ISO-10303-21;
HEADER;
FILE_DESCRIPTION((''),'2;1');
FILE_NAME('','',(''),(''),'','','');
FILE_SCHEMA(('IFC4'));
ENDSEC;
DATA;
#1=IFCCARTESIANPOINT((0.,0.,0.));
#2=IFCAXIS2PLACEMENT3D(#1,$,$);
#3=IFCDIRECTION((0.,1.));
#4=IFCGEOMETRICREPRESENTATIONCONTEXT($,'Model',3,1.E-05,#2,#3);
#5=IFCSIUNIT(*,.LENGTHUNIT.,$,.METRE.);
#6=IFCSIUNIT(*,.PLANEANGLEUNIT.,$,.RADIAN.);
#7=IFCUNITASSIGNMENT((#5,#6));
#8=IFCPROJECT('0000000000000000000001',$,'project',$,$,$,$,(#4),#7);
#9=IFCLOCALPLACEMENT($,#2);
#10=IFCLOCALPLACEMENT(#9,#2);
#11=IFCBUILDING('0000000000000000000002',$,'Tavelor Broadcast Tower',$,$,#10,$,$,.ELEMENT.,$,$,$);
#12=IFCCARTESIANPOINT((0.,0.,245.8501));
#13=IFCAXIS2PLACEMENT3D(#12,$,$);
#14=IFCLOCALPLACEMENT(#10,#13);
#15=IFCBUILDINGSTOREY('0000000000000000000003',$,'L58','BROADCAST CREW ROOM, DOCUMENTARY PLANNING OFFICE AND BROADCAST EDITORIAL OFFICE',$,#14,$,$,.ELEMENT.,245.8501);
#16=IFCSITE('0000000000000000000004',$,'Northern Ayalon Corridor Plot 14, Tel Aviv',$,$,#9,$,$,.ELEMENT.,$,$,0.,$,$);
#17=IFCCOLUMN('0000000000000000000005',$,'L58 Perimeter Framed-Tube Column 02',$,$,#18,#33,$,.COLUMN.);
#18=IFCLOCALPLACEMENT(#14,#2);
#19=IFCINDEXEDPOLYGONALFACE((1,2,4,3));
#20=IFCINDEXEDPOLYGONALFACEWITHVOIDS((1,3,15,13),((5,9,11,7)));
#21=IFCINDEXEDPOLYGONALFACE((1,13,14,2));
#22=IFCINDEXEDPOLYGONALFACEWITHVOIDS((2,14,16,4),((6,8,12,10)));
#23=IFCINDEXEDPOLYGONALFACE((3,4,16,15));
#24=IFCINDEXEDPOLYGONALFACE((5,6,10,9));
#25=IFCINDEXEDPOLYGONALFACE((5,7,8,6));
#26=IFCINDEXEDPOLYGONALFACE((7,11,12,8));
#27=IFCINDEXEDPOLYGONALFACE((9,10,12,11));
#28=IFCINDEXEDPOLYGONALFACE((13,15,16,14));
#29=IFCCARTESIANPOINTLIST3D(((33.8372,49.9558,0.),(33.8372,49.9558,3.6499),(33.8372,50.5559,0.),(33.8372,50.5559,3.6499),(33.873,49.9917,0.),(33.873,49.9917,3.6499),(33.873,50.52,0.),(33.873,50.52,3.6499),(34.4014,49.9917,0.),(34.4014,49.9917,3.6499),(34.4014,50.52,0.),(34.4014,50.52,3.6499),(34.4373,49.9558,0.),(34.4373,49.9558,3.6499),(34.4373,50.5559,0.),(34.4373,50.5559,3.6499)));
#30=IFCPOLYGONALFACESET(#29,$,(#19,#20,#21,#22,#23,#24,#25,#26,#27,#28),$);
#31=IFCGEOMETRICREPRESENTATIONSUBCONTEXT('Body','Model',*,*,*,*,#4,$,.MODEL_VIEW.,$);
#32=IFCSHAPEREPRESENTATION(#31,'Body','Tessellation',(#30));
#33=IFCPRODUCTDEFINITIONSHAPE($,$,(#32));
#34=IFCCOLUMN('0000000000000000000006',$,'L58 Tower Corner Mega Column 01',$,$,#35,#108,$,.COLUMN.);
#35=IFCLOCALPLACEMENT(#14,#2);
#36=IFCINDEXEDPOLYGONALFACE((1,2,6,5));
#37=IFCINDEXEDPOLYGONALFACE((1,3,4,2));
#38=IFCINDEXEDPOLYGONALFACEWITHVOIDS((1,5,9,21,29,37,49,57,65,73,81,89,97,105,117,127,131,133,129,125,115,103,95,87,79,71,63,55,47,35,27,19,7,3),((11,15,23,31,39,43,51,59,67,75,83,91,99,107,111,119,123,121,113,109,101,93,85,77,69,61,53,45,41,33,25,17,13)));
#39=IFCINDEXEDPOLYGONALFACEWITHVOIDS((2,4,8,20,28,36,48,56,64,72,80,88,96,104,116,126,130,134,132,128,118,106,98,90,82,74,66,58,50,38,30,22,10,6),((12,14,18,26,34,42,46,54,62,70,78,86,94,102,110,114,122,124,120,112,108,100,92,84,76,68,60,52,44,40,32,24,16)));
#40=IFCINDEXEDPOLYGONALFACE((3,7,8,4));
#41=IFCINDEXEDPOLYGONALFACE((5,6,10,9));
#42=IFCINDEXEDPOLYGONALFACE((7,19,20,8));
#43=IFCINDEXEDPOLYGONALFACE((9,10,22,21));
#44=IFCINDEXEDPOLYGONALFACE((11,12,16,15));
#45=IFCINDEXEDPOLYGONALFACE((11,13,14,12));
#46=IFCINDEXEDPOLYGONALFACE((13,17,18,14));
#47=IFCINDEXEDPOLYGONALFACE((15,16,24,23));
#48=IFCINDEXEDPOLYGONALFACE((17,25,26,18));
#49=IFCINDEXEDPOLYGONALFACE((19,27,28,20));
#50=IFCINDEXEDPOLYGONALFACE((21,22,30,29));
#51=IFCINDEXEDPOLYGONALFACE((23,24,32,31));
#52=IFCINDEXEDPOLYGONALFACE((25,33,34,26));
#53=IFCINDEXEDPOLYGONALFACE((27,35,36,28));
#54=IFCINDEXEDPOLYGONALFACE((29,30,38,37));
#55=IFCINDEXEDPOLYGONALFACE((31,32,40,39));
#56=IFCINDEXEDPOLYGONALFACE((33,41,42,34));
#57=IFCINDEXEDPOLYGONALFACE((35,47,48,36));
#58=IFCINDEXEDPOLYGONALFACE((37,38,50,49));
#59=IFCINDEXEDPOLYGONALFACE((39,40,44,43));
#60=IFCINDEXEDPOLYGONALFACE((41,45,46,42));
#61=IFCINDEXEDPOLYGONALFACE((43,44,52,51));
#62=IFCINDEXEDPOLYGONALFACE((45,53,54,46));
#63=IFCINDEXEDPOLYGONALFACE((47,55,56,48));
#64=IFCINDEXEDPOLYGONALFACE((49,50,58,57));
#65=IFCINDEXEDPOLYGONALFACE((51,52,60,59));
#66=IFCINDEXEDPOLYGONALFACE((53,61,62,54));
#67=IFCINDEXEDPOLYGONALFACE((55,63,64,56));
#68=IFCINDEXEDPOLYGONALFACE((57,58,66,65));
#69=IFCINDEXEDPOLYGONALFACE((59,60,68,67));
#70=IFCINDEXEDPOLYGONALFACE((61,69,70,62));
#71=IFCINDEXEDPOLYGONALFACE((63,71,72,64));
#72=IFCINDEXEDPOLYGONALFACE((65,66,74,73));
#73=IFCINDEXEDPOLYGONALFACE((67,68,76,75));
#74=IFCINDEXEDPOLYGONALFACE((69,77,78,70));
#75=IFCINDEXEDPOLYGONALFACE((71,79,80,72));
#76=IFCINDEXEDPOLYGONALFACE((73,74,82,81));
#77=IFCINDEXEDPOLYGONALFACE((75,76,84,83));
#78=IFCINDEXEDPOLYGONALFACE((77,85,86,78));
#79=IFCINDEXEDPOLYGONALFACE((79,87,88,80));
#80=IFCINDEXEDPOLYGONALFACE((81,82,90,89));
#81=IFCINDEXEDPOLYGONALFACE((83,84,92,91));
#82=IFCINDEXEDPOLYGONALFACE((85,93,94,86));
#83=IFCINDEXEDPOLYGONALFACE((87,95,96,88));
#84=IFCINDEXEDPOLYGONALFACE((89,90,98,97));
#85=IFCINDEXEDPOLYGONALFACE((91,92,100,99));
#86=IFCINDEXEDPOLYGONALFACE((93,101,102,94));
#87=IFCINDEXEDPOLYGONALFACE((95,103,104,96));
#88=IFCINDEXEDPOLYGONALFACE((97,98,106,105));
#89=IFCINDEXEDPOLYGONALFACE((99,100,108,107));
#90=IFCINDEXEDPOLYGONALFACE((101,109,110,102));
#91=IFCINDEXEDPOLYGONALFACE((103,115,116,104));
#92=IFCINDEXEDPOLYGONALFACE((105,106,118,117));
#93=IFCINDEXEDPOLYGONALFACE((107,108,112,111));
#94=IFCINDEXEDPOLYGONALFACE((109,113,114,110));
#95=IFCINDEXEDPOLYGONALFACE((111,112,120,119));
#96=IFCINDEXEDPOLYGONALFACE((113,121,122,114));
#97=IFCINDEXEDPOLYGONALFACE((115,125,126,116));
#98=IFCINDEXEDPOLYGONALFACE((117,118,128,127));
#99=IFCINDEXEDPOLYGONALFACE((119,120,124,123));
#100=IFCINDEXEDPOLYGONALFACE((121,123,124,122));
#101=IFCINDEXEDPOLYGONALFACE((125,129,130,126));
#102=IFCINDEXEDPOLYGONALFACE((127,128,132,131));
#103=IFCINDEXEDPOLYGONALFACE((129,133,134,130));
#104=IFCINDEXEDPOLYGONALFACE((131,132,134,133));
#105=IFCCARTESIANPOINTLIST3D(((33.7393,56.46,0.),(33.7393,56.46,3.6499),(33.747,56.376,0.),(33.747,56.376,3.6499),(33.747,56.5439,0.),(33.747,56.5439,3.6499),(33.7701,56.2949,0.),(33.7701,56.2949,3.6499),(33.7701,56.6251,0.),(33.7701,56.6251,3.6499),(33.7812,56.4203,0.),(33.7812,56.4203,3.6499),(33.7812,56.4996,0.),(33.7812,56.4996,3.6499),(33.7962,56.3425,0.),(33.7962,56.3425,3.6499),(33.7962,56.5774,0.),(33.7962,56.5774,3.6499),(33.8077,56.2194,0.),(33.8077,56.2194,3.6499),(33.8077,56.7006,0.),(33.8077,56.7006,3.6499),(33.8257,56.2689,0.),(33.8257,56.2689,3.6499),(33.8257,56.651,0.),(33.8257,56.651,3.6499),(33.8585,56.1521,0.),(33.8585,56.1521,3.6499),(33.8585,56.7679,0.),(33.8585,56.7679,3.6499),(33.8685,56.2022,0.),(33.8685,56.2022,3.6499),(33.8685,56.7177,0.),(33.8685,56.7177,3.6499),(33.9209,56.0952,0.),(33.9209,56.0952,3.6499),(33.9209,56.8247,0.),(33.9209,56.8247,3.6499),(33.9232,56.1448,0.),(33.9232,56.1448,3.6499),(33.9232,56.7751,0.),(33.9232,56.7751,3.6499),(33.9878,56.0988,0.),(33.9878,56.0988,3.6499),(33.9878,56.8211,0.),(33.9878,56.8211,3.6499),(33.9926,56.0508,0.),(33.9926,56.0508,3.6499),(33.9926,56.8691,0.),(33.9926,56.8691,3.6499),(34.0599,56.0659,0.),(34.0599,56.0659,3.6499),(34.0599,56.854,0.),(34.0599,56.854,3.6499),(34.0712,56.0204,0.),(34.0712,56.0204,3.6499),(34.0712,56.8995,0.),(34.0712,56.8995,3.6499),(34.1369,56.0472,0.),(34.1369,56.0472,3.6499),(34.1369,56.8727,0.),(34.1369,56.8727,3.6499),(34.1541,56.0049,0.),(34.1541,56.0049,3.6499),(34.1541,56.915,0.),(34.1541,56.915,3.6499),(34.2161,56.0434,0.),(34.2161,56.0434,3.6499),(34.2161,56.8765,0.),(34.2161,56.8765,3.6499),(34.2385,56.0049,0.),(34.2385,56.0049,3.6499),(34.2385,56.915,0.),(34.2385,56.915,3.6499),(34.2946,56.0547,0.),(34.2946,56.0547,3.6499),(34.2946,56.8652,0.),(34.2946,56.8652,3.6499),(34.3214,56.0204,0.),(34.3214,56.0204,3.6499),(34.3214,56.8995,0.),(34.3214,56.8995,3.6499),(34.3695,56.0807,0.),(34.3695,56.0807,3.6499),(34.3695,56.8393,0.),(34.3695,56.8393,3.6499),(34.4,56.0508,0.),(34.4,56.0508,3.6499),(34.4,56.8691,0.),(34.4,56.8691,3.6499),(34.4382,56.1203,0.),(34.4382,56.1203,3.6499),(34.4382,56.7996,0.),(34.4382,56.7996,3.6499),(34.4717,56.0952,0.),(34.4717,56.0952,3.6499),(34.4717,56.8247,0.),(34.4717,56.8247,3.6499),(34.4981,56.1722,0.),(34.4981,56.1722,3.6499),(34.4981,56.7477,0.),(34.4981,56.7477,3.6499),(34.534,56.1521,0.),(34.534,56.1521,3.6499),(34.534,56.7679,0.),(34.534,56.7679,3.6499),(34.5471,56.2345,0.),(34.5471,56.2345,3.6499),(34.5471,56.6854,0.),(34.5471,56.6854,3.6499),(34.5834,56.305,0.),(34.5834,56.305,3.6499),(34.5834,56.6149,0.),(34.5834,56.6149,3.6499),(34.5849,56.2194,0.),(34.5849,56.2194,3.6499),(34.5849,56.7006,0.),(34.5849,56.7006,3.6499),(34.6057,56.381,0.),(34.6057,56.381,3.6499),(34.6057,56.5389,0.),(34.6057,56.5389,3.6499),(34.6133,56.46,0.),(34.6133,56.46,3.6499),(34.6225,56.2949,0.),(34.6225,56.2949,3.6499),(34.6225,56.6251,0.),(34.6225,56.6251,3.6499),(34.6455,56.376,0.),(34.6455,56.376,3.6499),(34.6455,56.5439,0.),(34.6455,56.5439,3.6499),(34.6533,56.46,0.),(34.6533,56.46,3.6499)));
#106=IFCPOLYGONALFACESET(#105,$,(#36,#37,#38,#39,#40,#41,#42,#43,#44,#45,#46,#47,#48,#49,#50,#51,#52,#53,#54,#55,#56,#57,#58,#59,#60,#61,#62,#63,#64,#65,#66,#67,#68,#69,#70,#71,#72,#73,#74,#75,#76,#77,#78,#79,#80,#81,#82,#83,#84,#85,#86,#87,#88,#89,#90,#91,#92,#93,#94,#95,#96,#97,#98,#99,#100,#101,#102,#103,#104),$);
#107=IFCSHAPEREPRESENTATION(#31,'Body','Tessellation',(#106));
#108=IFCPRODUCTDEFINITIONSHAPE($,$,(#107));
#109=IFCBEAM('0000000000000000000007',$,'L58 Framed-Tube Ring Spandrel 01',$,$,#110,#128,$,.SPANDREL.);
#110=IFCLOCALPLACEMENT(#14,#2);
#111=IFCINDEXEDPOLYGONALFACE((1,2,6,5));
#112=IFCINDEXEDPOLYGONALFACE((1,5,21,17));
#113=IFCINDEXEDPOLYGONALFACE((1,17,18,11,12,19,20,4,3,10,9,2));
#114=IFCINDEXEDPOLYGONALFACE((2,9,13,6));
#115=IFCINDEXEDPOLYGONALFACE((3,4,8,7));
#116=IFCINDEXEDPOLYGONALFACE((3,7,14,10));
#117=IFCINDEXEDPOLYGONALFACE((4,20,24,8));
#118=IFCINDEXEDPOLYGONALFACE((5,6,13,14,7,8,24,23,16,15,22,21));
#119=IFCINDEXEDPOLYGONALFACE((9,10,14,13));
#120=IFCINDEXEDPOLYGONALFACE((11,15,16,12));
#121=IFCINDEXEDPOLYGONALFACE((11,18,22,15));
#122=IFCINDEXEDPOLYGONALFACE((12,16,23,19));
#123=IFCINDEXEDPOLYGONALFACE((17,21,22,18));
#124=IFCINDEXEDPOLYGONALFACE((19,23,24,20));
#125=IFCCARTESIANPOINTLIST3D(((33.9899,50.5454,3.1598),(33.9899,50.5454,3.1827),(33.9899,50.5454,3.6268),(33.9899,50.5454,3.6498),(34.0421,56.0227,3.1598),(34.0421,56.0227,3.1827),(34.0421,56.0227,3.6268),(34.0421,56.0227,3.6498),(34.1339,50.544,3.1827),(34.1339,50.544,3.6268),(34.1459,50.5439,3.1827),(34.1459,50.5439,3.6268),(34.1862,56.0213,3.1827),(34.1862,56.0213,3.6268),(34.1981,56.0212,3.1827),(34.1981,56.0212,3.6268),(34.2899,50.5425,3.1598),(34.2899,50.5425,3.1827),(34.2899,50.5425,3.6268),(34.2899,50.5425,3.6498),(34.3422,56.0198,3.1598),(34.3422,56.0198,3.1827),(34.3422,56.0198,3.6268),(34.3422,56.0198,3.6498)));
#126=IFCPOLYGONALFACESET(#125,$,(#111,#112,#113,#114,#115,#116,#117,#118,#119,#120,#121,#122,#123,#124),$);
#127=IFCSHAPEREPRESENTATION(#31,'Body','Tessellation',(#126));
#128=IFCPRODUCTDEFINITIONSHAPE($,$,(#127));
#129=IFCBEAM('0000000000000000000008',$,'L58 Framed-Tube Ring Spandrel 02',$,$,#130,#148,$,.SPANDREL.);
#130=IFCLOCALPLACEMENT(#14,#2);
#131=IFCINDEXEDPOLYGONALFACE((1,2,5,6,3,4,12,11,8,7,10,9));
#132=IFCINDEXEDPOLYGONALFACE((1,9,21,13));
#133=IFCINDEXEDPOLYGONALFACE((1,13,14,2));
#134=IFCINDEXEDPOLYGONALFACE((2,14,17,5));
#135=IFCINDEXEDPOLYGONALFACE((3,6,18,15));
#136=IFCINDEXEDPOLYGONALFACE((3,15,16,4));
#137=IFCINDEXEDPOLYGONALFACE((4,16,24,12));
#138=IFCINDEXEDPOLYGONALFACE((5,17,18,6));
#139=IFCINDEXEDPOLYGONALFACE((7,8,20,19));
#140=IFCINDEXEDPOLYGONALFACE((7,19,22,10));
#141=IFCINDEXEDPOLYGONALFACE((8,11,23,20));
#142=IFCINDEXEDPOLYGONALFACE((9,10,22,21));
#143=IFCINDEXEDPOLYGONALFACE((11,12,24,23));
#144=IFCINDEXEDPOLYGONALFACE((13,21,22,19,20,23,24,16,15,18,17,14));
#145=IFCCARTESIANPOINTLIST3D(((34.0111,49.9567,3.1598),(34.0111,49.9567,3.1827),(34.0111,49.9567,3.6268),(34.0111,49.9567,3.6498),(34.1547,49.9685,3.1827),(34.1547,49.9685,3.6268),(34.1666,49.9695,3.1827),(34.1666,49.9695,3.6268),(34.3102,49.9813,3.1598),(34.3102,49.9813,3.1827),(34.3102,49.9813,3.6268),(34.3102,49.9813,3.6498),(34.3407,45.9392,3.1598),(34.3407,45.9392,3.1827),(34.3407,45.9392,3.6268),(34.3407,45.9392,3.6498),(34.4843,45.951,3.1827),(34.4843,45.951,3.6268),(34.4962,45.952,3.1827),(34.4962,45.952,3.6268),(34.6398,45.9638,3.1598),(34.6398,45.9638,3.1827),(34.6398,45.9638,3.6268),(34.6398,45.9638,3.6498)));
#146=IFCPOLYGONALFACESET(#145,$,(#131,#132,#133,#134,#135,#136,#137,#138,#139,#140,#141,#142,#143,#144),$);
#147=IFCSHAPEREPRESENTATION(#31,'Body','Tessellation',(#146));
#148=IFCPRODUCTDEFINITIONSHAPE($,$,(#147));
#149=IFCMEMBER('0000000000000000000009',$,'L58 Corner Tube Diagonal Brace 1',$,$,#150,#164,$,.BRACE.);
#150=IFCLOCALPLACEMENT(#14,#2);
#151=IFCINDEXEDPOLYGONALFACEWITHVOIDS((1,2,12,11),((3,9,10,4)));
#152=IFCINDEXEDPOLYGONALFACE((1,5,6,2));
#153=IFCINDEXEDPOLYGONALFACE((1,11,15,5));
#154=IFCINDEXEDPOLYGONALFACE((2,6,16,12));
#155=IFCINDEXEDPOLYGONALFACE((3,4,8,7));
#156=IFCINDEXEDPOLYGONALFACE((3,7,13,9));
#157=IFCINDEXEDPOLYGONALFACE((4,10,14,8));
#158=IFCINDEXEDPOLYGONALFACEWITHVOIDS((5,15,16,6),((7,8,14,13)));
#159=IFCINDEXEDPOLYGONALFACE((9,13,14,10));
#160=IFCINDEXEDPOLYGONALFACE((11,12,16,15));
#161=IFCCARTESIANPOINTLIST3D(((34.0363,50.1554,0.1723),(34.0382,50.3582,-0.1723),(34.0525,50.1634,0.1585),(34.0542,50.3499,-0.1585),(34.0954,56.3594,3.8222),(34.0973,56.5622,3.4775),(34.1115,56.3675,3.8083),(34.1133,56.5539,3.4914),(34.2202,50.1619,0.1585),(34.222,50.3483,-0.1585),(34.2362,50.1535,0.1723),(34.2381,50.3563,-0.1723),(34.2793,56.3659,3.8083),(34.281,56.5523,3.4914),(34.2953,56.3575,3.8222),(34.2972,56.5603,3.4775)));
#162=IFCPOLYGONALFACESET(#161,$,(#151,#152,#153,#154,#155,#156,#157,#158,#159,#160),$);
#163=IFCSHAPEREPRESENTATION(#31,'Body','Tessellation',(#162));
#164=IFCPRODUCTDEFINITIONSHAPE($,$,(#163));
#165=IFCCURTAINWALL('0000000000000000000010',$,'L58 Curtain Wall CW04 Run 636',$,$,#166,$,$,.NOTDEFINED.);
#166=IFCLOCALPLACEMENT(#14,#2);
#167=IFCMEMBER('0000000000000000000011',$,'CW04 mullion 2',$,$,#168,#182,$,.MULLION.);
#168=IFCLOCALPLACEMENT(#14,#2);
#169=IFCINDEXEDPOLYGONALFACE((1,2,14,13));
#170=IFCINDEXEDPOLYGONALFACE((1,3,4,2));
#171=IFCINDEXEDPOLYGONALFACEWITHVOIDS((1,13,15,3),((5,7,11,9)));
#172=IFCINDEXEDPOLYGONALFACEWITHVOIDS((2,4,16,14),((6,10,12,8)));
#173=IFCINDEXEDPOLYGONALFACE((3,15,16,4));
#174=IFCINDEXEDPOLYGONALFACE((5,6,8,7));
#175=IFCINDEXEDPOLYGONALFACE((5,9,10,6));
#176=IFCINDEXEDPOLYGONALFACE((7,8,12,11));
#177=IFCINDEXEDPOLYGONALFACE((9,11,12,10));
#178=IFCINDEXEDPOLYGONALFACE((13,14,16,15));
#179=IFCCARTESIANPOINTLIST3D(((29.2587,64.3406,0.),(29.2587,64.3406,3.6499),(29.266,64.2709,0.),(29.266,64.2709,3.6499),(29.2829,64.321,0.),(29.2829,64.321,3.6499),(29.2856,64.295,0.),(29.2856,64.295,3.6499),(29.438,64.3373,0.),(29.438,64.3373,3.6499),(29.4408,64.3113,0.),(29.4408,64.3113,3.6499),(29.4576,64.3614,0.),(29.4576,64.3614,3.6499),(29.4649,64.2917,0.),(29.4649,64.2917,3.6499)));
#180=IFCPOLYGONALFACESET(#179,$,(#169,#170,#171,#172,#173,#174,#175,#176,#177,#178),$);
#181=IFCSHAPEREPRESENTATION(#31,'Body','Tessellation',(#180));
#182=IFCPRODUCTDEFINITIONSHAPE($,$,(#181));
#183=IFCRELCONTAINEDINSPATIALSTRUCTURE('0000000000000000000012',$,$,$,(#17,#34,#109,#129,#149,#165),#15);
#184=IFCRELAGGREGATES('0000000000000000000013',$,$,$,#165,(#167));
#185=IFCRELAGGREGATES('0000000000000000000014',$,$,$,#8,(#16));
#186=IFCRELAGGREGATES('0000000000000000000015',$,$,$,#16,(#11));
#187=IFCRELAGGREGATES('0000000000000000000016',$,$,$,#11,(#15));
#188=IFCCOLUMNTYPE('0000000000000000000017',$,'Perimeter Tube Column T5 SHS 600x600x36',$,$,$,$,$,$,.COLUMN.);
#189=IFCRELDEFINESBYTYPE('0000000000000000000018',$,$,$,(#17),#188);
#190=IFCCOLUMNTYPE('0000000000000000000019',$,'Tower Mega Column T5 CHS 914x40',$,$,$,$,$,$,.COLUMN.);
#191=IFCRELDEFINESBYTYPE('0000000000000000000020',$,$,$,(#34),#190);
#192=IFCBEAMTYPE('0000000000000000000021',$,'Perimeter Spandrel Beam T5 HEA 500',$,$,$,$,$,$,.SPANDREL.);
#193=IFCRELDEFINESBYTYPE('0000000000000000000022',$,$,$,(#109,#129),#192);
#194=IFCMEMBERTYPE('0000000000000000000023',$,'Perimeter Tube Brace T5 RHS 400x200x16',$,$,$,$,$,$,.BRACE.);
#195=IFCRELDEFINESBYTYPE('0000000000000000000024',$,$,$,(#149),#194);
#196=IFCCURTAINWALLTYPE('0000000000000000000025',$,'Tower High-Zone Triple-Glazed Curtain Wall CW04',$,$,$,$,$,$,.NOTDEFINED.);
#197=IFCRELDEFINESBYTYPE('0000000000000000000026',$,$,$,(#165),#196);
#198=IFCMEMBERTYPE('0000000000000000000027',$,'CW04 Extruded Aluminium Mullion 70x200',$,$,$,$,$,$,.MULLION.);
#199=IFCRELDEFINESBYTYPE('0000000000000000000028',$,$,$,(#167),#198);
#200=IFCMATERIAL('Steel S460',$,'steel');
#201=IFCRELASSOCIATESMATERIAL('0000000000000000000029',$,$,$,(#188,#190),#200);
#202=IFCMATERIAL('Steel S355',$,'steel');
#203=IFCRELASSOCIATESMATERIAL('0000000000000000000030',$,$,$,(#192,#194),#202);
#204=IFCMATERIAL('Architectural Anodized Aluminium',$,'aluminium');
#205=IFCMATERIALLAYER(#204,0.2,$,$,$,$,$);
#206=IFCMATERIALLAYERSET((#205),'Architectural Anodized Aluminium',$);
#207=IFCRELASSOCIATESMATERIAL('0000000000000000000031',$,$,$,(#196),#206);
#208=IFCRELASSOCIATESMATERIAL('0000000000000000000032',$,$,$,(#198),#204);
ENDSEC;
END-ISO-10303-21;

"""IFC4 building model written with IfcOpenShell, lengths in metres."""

from ifc_helpers import new_model, si_unit, direction, frame, origin, origin_2d, place, context, subcontext, project, spatial, hollow_rectangle, hollow_circle, i_section, extrude, source, transform, mapped, material, layer, layer_set, material_profile, profile_set, type_object, type_shapes, element, aggregate, save


model = new_model("IFC4")

# Units and contexts
model_context = context("Model", 3, precision=1e-05, world=origin(), true_north=direction((0.0, 1.0)))
body_context = subcontext(model_context, "Body", "Model", "MODEL_VIEW")
ifc_project = project(units=[si_unit("LENGTHUNIT", "METRE"), si_unit("PLANEANGLEUNIT", "RADIAN")], contexts=[model_context])

# Site, building, storey
site_placement = place(None, origin())
site = spatial("IfcSite", under=ifc_project, at=site_placement, Name="Northern Ayalon Corridor Plot 14, Tel Aviv", CompositionType="ELEMENT", RefElevation=0.0)
building_placement = place(site_placement, origin())
building = spatial("IfcBuilding", under=site, at=building_placement, Name="Tavelor Broadcast Tower", CompositionType="ELEMENT")
storey_placement = place(building_placement, frame((0.0, 0.0, 245.8501)))
storey = spatial("IfcBuildingStorey", under=building, at=storey_placement, Name="L58", Description="BROADCAST CREW ROOM, DOCUMENTARY PLANNING OFFICE AND BROADCAST EDITORIAL OFFICE", CompositionType="ELEMENT", Elevation=245.8501)

# Columns
ifc_material_1 = material(Name="Steel S460", Category="steel")
ifc_material_profile_1 = material_profile(ifc_material_1, hollow_rectangle(XDim=0.6001, YDim=0.6001, WallThickness=0.0359, at=origin_2d()), Name="SHS 600x600x36")
ifc_profile_set_1 = profile_set([ifc_material_profile_1], Name="Steel S460")
column_type_1 = type_object("IfcColumnType", Name="Perimeter Tube Column T5 SHS 600x600x36", PredefinedType="COLUMN", material=ifc_profile_set_1)
column_1_placement = place(storey_placement, frame((34.1372, 50.2559, 0.0), z_axis=(0.0, 0.0, 1.0), x_axis=(1.0, 0.0, 0.0)))
element("IfcColumn", 1, at=column_1_placement, inside=storey, type_object=column_type_1, Name="L58 Perimeter Framed-Tube Column 02", PredefinedType="COLUMN", context=body_context, shape_type="SweptSolid", body=[
    extrude(hollow_rectangle(XDim=0.6001, YDim=0.6001, WallThickness=0.0359, at=origin_2d()), origin(), (0.0, 0.0, 1.0), 3.6499),
])
ifc_material_profile_2 = material_profile(ifc_material_1, hollow_circle(Radius=0.457, WallThickness=0.04, at=origin_2d()), Name="CHS 914x40")
ifc_profile_set_2 = profile_set([ifc_material_profile_2], Name="Steel S460")
column_type_2 = type_object("IfcColumnType", Name="Tower Mega Column T5 CHS 914x40", PredefinedType="COLUMN", material=ifc_profile_set_2)
column_2_placement = place(storey_placement, frame((34.1963, 56.46, 0.0), z_axis=(0.0, 0.0, 1.0), x_axis=(1.0, 0.0, 0.0)))
element("IfcColumn", 2, at=column_2_placement, inside=storey, type_object=column_type_2, Name="L58 Tower Corner Mega Column 01", PredefinedType="COLUMN", context=body_context, shape_type="SweptSolid", body=[
    extrude(hollow_circle(Radius=0.457, WallThickness=0.04, at=origin_2d()), origin(), (0.0, 0.0, 1.0), 3.6499),
])

# Beams
ifc_material_2 = material(Name="Steel S355", Category="steel")
ifc_material_profile_3 = material_profile(ifc_material_2, i_section(OverallWidth=0.3, OverallDepth=0.49, WebThickness=0.012, FlangeThickness=0.0229, at=origin_2d()), Name="HEA 500")
ifc_profile_set_3 = profile_set([ifc_material_profile_3], Name="Steel S355")
beam_type = type_object("IfcBeamType", Name="Perimeter Spandrel Beam T5 HEA 500", PredefinedType="SPANDREL", material=ifc_profile_set_3)
beam_1_placement = place(storey_placement, frame((34.1921, 56.0212, 3.4048), z_axis=(-0.009538, -0.999955, 0.0), x_axis=(0.999955, -0.009538, 0.0)))
element("IfcBeam", 3, at=beam_1_placement, inside=storey, type_object=beam_type, Name="L58 Framed-Tube Ring Spandrel 01", PredefinedType="SPANDREL", context=body_context, shape_type="SweptSolid", body=[
    extrude(i_section(OverallWidth=0.3, OverallDepth=0.49, WebThickness=0.012, FlangeThickness=0.0229, at=origin_2d()), origin(), (0.0, 0.0, 1.0), 5.4775),
])
beam_2_placement = place(storey_placement, frame((34.1606, 49.969, 3.4048), z_axis=(0.081762, -0.996652, 0.0), x_axis=(0.996652, 0.081762, 0.0)))
element("IfcBeam", 4, at=beam_2_placement, inside=storey, type_object=beam_type, Name="L58 Framed-Tube Ring Spandrel 02", PredefinedType="SPANDREL", context=body_context, shape_type="SweptSolid", body=[
    extrude(i_section(OverallWidth=0.3, OverallDepth=0.49, WebThickness=0.012, FlangeThickness=0.0229, at=origin_2d()), origin(), (0.0, 0.0, 1.0), 4.031),
])

# Member
ifc_material_profile_4 = material_profile(ifc_material_2, hollow_rectangle(XDim=0.2, YDim=0.3999, WallThickness=0.0161, at=origin_2d()), Name="RHS 400x200x16")
ifc_profile_set_4 = profile_set([ifc_material_profile_4], Name="Steel S355")
member_type_1 = type_object("IfcMemberType", Name="Perimeter Tube Brace T5 RHS 400x200x16", PredefinedType="BRACE", material=ifc_profile_set_4)
member_1_placement = place(storey_placement, frame((34.1372, 50.2559, 0.0), z_axis=(0.008208, 0.861879, 0.507048), x_axis=(-0.999955, 0.009523, 0.0)))
element("IfcMember", 5, at=member_1_placement, inside=storey, type_object=member_type_1, Name="L58 Corner Tube Diagonal Brace 1", PredefinedType="BRACE", context=body_context, shape_type="SweptSolid", body=[
    extrude(hollow_rectangle(XDim=0.2, YDim=0.3999, WallThickness=0.0161, at=origin_2d()), origin(), (0.0, 0.0, 1.0), 7.1982),
])

# Curtain wall, member
ifc_material_3 = material(Name="Architectural Anodized Aluminium", Category="aluminium")
ifc_layer_1 = layer(ifc_material_3, 0.2)
ifc_layer_set_1 = layer_set([ifc_layer_1], Name="Architectural Anodized Aluminium")
curtain_wall_type = type_object("IfcCurtainWallType", Name="Tower High-Zone Triple-Glazed Curtain Wall CW04", PredefinedType="NOTDEFINED", material=ifc_layer_set_1)
curtain_wall_placement = place(storey_placement, origin())
curtain_wall = element("IfcCurtainWall", 6, at=curtain_wall_placement, inside=storey, type_object=curtain_wall_type, Name="L58 Curtain Wall CW04 Run 636", PredefinedType="NOTDEFINED")
ifc_material_profile_5 = material_profile(ifc_material_3, hollow_rectangle(XDim=0.0701, YDim=0.2, WallThickness=0.022, at=origin_2d()), Name="RHS 70x200x22")
ifc_profile_set_5 = profile_set([ifc_material_profile_5], Name="Architectural Anodized Aluminium")
member_type_2 = type_object("IfcMemberType", Name="CW04 Extruded Aluminium Mullion 70x200", PredefinedType="MULLION", material=ifc_profile_set_5)
shared_shape_1 = source(origin(), body_context, "Body", "SweptSolid", [
    extrude(hollow_rectangle(XDim=0.0701, YDim=0.2, WallThickness=0.022, at=origin_2d()), origin(), (0.0, 0.0, 1.0), 3.6499),
])
type_shapes(member_type_2, [shared_shape_1])
member_2_placement = place(storey_placement, frame((29.3618, 64.3162, 0.0), z_axis=(0.0, 0.0, 1.0), x_axis=(0.10412, -0.994565, 0.0)))
member_2 = element("IfcMember", 7, at=member_2_placement, type_object=member_type_2, Name="CW04 mullion 2", PredefinedType="MULLION", context=body_context, shape_type="MappedRepresentation", body=[
    mapped(shared_shape_1, transform((0.0, 0.0, 0.0), scale=1.0)),
])

aggregate(curtain_wall, [member_2])

save(model, "model.ifc")
